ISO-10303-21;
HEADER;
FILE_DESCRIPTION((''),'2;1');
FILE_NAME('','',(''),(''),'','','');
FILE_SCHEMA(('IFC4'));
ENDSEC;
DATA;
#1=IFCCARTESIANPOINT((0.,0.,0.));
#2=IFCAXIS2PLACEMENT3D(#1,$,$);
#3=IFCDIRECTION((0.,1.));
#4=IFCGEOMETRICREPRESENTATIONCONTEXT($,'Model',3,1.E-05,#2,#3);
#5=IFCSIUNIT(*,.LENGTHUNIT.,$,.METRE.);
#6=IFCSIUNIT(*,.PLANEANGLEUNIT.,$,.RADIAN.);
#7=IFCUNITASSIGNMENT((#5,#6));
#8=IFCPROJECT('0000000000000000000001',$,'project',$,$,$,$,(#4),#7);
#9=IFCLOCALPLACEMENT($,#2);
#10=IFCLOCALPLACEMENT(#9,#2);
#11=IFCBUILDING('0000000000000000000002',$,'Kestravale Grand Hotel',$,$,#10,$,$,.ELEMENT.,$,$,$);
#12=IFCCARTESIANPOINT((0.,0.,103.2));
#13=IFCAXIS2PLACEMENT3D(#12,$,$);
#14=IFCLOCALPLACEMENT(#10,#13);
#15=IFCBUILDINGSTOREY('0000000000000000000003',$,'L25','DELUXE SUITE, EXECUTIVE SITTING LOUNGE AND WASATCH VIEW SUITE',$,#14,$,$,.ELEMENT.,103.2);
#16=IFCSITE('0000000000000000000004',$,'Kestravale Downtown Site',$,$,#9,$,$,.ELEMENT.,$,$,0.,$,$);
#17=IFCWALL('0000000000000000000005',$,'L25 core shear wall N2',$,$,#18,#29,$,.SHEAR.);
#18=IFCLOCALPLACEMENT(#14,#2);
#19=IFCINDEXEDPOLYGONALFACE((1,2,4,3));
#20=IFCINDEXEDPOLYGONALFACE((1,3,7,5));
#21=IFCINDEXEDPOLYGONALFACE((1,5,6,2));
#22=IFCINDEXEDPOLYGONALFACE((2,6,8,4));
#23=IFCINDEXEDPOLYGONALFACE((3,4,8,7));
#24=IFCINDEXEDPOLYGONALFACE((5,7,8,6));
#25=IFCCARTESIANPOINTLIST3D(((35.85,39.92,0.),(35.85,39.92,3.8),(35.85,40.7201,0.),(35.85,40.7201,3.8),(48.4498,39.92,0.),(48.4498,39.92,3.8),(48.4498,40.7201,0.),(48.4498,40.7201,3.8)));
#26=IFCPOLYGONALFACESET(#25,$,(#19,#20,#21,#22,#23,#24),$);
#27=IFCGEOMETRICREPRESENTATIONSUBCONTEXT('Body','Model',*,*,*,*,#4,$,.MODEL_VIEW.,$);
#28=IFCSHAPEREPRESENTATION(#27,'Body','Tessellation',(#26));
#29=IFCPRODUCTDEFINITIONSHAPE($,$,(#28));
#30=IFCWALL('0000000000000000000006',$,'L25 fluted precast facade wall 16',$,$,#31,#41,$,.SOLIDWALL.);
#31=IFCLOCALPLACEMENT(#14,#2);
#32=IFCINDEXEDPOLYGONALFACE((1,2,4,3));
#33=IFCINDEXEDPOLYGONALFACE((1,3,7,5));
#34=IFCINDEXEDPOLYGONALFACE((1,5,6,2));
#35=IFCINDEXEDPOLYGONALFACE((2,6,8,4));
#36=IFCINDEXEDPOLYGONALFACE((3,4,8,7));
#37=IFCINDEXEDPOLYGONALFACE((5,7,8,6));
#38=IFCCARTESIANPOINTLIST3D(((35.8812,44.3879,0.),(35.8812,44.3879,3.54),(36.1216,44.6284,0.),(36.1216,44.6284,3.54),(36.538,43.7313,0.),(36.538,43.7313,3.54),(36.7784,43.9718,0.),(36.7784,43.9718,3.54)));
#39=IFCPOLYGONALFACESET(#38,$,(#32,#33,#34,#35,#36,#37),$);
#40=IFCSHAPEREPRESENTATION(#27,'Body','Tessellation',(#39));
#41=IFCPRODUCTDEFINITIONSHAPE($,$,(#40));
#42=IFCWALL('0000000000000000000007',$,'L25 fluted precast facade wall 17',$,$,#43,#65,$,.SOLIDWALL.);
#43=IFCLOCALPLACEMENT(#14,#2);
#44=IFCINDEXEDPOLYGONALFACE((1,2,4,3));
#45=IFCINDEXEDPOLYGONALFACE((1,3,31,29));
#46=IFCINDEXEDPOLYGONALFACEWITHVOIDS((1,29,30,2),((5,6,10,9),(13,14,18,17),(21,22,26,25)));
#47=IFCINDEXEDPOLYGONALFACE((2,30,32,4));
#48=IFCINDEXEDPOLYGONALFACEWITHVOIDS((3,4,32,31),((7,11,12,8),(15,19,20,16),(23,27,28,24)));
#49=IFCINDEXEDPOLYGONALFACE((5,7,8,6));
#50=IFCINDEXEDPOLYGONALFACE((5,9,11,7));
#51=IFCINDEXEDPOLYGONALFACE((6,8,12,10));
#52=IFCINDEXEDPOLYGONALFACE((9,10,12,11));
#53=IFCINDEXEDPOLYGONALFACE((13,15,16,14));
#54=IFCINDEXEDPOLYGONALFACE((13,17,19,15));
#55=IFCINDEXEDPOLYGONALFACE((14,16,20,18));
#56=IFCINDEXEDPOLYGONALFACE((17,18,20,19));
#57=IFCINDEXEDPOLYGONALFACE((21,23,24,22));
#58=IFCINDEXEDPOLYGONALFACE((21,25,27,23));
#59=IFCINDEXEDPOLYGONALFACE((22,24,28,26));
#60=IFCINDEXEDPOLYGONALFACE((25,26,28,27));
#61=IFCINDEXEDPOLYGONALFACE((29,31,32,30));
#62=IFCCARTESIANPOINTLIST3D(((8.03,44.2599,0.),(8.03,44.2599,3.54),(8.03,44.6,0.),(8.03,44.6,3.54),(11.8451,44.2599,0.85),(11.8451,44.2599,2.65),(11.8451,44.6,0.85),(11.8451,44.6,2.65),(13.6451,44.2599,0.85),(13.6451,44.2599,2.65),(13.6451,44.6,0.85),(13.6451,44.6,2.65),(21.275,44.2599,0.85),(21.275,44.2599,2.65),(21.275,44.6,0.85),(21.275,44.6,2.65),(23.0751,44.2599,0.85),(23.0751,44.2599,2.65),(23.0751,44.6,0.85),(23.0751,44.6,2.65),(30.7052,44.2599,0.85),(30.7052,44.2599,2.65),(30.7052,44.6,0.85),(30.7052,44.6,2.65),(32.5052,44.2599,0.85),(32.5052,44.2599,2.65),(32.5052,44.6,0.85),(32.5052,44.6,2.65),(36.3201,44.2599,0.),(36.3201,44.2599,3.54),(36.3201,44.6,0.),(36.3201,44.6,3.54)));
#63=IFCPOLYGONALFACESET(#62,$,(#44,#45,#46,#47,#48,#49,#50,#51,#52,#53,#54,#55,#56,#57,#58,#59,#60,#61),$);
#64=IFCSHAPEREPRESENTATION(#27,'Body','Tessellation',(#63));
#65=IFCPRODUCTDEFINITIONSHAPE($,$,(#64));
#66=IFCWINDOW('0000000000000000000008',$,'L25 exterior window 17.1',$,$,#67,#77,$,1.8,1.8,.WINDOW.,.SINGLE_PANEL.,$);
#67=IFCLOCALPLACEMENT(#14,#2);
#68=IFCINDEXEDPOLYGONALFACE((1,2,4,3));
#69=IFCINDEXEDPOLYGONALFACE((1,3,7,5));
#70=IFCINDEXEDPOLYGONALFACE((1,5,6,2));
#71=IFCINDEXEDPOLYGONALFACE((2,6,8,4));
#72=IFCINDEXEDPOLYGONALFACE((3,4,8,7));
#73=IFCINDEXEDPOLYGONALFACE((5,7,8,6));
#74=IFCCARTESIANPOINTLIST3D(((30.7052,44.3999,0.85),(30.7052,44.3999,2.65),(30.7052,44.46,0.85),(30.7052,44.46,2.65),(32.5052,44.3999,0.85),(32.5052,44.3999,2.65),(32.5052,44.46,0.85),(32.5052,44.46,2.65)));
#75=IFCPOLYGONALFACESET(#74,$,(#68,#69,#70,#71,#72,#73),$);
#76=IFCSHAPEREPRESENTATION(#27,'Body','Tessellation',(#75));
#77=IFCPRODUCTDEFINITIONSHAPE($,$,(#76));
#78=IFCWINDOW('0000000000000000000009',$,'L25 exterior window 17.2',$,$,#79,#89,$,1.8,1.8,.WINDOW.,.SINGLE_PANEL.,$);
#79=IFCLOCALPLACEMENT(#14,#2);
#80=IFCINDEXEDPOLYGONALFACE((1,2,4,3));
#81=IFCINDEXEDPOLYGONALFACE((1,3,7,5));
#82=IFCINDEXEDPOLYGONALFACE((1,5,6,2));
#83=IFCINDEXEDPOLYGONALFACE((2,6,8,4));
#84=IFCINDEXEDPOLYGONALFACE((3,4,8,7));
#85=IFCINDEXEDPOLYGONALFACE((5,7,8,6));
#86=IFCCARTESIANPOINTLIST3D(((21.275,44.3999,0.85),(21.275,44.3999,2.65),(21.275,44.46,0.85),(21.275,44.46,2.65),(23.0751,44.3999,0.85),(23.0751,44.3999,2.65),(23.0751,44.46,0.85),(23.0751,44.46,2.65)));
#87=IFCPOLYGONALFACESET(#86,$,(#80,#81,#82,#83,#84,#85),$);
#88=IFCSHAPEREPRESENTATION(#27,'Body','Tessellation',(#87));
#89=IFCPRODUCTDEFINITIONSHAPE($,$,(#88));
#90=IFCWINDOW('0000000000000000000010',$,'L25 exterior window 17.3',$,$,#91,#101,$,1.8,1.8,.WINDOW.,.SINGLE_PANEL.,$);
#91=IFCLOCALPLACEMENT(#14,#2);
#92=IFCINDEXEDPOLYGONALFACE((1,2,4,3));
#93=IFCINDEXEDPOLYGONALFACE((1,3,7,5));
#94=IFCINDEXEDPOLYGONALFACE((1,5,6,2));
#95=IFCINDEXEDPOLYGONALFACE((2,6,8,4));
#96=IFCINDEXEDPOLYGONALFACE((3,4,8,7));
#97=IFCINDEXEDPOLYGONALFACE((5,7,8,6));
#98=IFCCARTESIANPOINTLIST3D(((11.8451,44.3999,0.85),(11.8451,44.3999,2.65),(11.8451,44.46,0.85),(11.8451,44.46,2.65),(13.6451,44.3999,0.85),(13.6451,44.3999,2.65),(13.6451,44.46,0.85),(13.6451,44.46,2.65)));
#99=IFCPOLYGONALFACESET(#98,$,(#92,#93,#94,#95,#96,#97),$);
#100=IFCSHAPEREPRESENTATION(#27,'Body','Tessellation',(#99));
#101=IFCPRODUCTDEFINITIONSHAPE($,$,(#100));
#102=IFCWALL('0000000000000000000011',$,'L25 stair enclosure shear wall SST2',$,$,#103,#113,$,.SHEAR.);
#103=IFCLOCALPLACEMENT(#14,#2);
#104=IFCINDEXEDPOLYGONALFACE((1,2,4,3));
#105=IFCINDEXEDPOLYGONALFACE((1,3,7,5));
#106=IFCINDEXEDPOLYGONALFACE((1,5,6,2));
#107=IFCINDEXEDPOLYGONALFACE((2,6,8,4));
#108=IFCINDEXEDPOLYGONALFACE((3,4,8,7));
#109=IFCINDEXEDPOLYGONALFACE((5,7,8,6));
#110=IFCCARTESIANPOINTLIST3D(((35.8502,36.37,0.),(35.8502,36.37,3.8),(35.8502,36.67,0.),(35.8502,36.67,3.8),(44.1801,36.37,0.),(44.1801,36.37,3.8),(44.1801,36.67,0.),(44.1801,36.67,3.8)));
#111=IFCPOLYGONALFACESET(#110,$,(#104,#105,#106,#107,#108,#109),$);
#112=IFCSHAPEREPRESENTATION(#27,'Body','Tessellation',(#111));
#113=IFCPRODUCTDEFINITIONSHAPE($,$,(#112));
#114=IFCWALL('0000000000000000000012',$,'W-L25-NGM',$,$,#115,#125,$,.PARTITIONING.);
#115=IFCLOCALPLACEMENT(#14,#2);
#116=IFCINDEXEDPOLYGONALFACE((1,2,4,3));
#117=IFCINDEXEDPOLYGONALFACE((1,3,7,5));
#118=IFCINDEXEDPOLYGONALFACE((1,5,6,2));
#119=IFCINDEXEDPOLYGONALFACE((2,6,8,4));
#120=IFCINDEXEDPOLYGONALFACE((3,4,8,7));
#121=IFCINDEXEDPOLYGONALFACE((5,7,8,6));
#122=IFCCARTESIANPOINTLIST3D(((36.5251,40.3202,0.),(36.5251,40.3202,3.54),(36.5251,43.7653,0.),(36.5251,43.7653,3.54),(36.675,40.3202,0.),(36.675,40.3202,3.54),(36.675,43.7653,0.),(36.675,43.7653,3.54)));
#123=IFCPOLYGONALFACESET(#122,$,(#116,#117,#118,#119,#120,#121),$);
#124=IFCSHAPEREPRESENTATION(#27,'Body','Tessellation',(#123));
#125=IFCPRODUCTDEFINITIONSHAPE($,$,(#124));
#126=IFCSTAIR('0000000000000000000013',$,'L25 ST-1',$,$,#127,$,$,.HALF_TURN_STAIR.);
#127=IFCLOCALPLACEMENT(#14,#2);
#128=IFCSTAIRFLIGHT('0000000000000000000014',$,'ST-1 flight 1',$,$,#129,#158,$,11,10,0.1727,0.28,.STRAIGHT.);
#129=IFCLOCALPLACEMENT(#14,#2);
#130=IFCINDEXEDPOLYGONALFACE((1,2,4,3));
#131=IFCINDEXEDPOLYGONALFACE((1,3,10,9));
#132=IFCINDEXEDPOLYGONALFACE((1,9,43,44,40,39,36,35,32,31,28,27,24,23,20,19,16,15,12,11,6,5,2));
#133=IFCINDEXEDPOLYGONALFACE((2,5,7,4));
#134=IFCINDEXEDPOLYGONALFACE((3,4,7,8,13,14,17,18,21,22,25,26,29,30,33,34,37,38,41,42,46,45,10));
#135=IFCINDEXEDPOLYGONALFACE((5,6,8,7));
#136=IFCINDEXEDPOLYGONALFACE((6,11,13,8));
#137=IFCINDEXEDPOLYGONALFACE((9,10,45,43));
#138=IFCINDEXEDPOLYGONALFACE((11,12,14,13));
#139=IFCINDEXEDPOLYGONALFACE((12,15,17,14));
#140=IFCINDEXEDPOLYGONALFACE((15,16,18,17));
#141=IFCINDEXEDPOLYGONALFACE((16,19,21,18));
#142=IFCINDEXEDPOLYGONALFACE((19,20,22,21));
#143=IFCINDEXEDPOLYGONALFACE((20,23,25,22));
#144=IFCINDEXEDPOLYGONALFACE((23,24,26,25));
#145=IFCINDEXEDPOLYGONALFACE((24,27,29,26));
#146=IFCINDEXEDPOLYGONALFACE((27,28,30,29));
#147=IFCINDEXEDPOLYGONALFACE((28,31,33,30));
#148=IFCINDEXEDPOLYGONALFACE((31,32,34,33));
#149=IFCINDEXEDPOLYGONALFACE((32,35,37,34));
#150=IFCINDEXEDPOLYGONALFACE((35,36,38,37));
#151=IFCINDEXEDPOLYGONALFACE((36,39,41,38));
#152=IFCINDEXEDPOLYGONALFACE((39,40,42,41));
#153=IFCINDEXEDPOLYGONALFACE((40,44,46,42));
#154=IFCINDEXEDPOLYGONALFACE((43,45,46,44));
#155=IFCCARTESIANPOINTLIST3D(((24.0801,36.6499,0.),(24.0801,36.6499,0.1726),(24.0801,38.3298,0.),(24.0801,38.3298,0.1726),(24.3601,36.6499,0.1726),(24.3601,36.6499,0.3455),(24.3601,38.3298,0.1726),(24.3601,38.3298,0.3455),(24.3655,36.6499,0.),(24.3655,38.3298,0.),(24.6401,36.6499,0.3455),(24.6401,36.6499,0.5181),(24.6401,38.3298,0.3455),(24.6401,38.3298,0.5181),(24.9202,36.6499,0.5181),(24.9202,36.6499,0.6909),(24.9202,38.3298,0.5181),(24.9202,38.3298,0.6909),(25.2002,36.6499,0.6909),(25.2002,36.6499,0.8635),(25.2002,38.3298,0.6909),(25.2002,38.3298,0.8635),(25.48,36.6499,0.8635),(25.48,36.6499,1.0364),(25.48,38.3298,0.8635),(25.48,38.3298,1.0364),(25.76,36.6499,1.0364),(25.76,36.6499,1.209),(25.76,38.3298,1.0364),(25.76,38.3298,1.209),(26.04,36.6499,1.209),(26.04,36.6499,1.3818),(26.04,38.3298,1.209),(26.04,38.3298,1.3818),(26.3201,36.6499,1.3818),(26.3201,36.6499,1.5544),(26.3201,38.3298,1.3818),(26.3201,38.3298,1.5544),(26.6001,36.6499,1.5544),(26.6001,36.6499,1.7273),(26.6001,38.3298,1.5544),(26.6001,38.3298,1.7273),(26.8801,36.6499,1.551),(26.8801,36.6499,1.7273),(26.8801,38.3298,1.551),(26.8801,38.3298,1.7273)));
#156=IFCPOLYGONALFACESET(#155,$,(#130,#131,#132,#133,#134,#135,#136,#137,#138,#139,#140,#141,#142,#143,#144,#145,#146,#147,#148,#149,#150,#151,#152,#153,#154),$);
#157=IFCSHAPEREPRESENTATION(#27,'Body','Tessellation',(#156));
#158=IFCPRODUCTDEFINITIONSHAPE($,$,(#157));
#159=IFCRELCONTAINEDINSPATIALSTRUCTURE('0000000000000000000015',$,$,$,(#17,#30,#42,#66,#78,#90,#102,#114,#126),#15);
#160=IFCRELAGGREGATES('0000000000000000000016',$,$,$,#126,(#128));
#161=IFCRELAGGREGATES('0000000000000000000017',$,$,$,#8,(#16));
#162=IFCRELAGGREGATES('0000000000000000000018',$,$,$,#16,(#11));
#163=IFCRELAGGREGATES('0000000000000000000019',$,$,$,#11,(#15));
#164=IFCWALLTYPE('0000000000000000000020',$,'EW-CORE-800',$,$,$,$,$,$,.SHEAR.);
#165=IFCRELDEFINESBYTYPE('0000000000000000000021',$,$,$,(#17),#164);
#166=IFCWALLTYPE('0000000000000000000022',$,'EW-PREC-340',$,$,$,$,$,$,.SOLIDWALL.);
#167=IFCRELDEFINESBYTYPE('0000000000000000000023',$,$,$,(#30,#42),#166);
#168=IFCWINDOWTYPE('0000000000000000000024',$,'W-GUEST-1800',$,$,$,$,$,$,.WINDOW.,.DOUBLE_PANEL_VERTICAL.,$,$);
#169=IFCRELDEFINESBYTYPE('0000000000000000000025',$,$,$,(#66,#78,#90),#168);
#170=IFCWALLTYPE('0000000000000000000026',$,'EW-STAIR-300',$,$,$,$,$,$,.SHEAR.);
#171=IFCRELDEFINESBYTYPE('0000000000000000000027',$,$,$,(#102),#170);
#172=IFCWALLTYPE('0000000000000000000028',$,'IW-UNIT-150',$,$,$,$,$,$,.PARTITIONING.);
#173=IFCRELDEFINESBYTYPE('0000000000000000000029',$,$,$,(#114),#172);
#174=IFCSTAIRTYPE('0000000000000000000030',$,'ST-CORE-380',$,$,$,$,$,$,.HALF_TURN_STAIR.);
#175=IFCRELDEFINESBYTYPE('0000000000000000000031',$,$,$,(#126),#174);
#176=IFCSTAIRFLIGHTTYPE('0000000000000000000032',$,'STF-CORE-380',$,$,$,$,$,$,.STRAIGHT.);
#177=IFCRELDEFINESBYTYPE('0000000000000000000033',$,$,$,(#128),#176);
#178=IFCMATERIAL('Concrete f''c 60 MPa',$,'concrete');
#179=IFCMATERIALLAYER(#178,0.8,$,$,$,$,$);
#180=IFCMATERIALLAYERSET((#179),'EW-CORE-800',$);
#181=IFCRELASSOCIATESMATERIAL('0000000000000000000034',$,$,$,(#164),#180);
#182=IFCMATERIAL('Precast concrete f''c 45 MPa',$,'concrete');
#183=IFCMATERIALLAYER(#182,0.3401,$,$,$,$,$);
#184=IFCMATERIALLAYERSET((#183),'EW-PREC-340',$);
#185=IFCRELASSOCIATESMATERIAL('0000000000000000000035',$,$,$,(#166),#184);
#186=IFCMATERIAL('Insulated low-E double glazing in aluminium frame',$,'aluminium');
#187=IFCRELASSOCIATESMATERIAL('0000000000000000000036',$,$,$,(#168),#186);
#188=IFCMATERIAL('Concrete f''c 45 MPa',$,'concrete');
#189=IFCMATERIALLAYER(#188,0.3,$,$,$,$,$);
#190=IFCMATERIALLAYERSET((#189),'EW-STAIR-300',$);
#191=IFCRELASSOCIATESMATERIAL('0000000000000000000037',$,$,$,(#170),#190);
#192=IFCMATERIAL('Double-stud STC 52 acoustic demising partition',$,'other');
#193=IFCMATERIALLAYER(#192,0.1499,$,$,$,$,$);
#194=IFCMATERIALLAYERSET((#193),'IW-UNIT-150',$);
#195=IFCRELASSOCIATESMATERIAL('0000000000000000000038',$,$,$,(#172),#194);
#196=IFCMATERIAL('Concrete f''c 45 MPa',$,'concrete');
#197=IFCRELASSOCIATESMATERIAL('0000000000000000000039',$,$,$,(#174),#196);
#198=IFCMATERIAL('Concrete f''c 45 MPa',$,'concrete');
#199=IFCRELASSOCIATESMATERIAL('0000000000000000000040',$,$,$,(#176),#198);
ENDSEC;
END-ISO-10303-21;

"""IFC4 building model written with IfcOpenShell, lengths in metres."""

from ifc_helpers import new_model, si_unit, direction, frame, frame_2d, origin, place, context, subcontext, project, spatial, polyline, rectangle, outline, extrude, material, layer, layer_set, type_object, element, fill, aggregate, save


model = new_model("IFC4")

# Units and contexts
model_context = context("Model", 3, precision=1e-05, world=origin(), true_north=direction((0.0, 1.0)))
body_context = subcontext(model_context, "Body", "Model", "MODEL_VIEW")
ifc_project = project(units=[si_unit("LENGTHUNIT", "METRE"), si_unit("PLANEANGLEUNIT", "RADIAN")], contexts=[model_context])

# Site, building, storey
site_placement = place(None, origin())
site = spatial("IfcSite", under=ifc_project, at=site_placement, Name="Kestravale Downtown Site", CompositionType="ELEMENT", RefElevation=0.0)
building_placement = place(site_placement, origin())
building = spatial("IfcBuilding", under=site, at=building_placement, Name="Kestravale Grand Hotel", CompositionType="ELEMENT")
storey_placement = place(building_placement, frame((0.0, 0.0, 103.2)))
storey = spatial("IfcBuildingStorey", under=building, at=storey_placement, Name="L25", Description="DELUXE SUITE, EXECUTIVE SITTING LOUNGE AND WASATCH VIEW SUITE", CompositionType="ELEMENT", Elevation=103.2)

# Wall
ifc_material_1 = material(Name="Concrete f'c 60 MPa", Category="concrete")
ifc_layer_1 = layer(ifc_material_1, 0.8)
ifc_layer_set_1 = layer_set([ifc_layer_1], Name="EW-CORE-800")
wall_type_1 = type_object("IfcWallType", Name="EW-CORE-800", PredefinedType="SHEAR", material=ifc_layer_set_1)
wall_1_placement = place(storey_placement, frame((35.8501, 40.3201, 0.0), z_axis=(0.0, 0.0, 1.0), x_axis=(1.0, 0.0, 0.0)))
element("IfcWall", 1, at=wall_1_placement, inside=storey, type_object=wall_type_1, Name="L25 core shear wall N2", PredefinedType="SHEAR", context=body_context, shape_type="SweptSolid", body=[
    extrude(rectangle(XDim=12.5999, YDim=0.8, at=frame_2d((6.2998, 0.0))), origin(), (0.0, 0.0, 1.0), 3.8),
])

# Wall
ifc_material_2 = material(Name="Precast concrete f'c 45 MPa", Category="concrete")
ifc_layer_2 = layer(ifc_material_2, 0.3401)
ifc_layer_set_2 = layer_set([ifc_layer_2], Name="EW-PREC-340")
wall_type_2 = type_object("IfcWallType", Name="EW-PREC-340", PredefinedType="SOLIDWALL", material=ifc_layer_set_2)
wall_2_placement = place(storey_placement, frame((36.6582, 43.8516, 0.0), z_axis=(0.0, 0.0, 1.0), x_axis=(-0.707238, 0.706975, 0.0)))
element("IfcWall", 2, at=wall_2_placement, inside=storey, type_object=wall_type_2, Name="L25 fluted precast facade wall 16", PredefinedType="SOLIDWALL", context=body_context, shape_type="SweptSolid", body=[
    extrude(rectangle(XDim=0.9287, YDim=0.3401, at=frame_2d((0.4644, 0.0))), origin(), (0.0, 0.0, 1.0), 3.54),
])

# Wall, openings, windows
wall_3_placement = place(storey_placement, frame((36.3201, 44.4299, 0.0), z_axis=(0.0, 0.0, 1.0), x_axis=(-1.0, 0.0, 0.0)))
wall_3 = element("IfcWall", 3, at=wall_3_placement, inside=storey, type_object=wall_type_2, Name="L25 fluted precast facade wall 17", PredefinedType="SOLIDWALL", context=body_context, shape_type="SweptSolid", body=[
    extrude(rectangle(XDim=28.29, YDim=0.3401, at=frame_2d((14.145, 0.0))), origin(), (0.0, 0.0, 1.0), 3.54),
])
opening_1_placement = place(wall_3_placement, frame((3.8149, 0.0, 0.8501)))
opening_1 = element("IfcOpeningElement", 4, at=opening_1_placement, cuts=wall_3, PredefinedType="OPENING", context=body_context, shape_type="SweptSolid", body=[
    extrude(rectangle(XDim=1.8, YDim=1.8, at=frame_2d((0.8999, 0.8999))), frame((0.0, 0.1799, 0.0), z_axis=(0.0, -1.0, 0.0), x_axis=(1.0, 0.0, 0.0)), (0.0, 0.0, 1.0), 0.3601),
])
opening_2_placement = place(wall_3_placement, frame((13.2451, 0.0, 0.8501)))
opening_2 = element("IfcOpeningElement", 5, at=opening_2_placement, cuts=wall_3, PredefinedType="OPENING", context=body_context, shape_type="SweptSolid", body=[
    extrude(rectangle(XDim=1.8, YDim=1.8, at=frame_2d((0.8999, 0.8999))), frame((0.0, 0.1799, 0.0), z_axis=(0.0, -1.0, 0.0), x_axis=(1.0, 0.0, 0.0)), (0.0, 0.0, 1.0), 0.3601),
])
opening_3_placement = place(wall_3_placement, frame((22.675, 0.0, 0.8501)))
opening_3 = element("IfcOpeningElement", 6, at=opening_3_placement, cuts=wall_3, PredefinedType="OPENING", context=body_context, shape_type="SweptSolid", body=[
    extrude(rectangle(XDim=1.8, YDim=1.8, at=frame_2d((0.8999, 0.8999))), frame((0.0, 0.1799, 0.0), z_axis=(0.0, -1.0, 0.0), x_axis=(1.0, 0.0, 0.0)), (0.0, 0.0, 1.0), 0.3601),
])
ifc_material_3 = material(Name="Insulated low-E double glazing in aluminium frame", Category="aluminium")
window_type = type_object("IfcWindowType", Name="W-GUEST-1800", PartitioningType="DOUBLE_PANEL_VERTICAL", PredefinedType="WINDOW", material=ifc_material_3)
window_1_placement = place(opening_1_placement, origin())
window_1 = element("IfcWindow", 7, at=window_1_placement, inside=storey, type_object=window_type, Name="L25 exterior window 17.1", OverallHeight=1.8, OverallWidth=1.8, PartitioningType="SINGLE_PANEL", PredefinedType="WINDOW", context=body_context, shape_type="SweptSolid", body=[
    extrude(rectangle(XDim=1.8, YDim=1.8, at=frame_2d((0.8999, 0.8999))), frame((0.0, 0.03, 0.0), z_axis=(0.0, -1.0, 0.0), x_axis=(1.0, 0.0, 0.0)), (0.0, 0.0, 1.0), 0.0601),
])
fill(opening_1, window_1)
window_2_placement = place(opening_2_placement, origin())
window_2 = element("IfcWindow", 8, at=window_2_placement, inside=storey, type_object=window_type, Name="L25 exterior window 17.2", OverallHeight=1.8, OverallWidth=1.8, PartitioningType="SINGLE_PANEL", PredefinedType="WINDOW", context=body_context, shape_type="SweptSolid", body=[
    extrude(rectangle(XDim=1.8, YDim=1.8, at=frame_2d((0.8999, 0.8999))), frame((0.0, 0.03, 0.0), z_axis=(0.0, -1.0, 0.0), x_axis=(1.0, 0.0, 0.0)), (0.0, 0.0, 1.0), 0.0601),
])
fill(opening_2, window_2)
window_3_placement = place(opening_3_placement, origin())
window_3 = element("IfcWindow", 9, at=window_3_placement, inside=storey, type_object=window_type, Name="L25 exterior window 17.3", OverallHeight=1.8, OverallWidth=1.8, PartitioningType="SINGLE_PANEL", PredefinedType="WINDOW", context=body_context, shape_type="SweptSolid", body=[
    extrude(rectangle(XDim=1.8, YDim=1.8, at=frame_2d((0.8999, 0.8999))), frame((0.0, 0.03, 0.0), z_axis=(0.0, -1.0, 0.0), x_axis=(1.0, 0.0, 0.0)), (0.0, 0.0, 1.0), 0.0601),
])
fill(opening_3, window_3)

# Walls
ifc_material_4 = material(Name="Concrete f'c 45 MPa", Category="concrete")
ifc_layer_3 = layer(ifc_material_4, 0.3)
ifc_layer_set_3 = layer_set([ifc_layer_3], Name="EW-STAIR-300")
wall_type_3 = type_object("IfcWallType", Name="EW-STAIR-300", PredefinedType="SHEAR", material=ifc_layer_set_3)
wall_4_placement = place(storey_placement, frame((35.8501, 36.52, 0.0), z_axis=(0.0, 0.0, 1.0), x_axis=(1.0, 0.0, 0.0)))
element("IfcWall", 10, at=wall_4_placement, inside=storey, type_object=wall_type_3, Name="L25 stair enclosure shear wall SST2", PredefinedType="SHEAR", context=body_context, shape_type="SweptSolid", body=[
    extrude(rectangle(XDim=8.3298, YDim=0.3, at=frame_2d((4.165, 0.0))), origin(), (0.0, 0.0, 1.0), 3.8),
])
ifc_material_5 = material(Name="Double-stud STC 52 acoustic demising partition", Category="other")
ifc_layer_4 = layer(ifc_material_5, 0.1499)
ifc_layer_set_4 = layer_set([ifc_layer_4], Name="IW-UNIT-150")
wall_type_4 = type_object("IfcWallType", Name="IW-UNIT-150", PredefinedType="PARTITIONING", material=ifc_layer_set_4)
wall_5_placement = place(storey_placement, frame((36.6001, 40.3201, 0.0), z_axis=(0.0, 0.0, 1.0), x_axis=(0.0, 1.0, 0.0)))
element("IfcWall", 11, at=wall_5_placement, inside=storey, type_object=wall_type_4, Name="W-L25-NGM", PredefinedType="PARTITIONING", context=body_context, shape_type="SweptSolid", body=[
    extrude(rectangle(XDim=3.4451, YDim=0.1499, at=frame_2d((1.7227, 0.0))), origin(), (0.0, 0.0, 1.0), 3.54),
])

# Stair, stair flight
ifc_material_6 = material(Name="Concrete f'c 45 MPa", Category="concrete")
stair_type = type_object("IfcStairType", Name="ST-CORE-380", PredefinedType="HALF_TURN_STAIR", material=ifc_material_6)
stair_placement = place(storey_placement, origin())
stair = element("IfcStair", 12, at=stair_placement, inside=storey, type_object=stair_type, Name="L25 ST-1", PredefinedType="HALF_TURN_STAIR")
ifc_material_7 = material(Name="Concrete f'c 45 MPa", Category="concrete")
stair_flight_type = type_object("IfcStairFlightType", Name="STF-CORE-380", PredefinedType="STRAIGHT", material=ifc_material_7)
stair_flight_1_placement = place(storey_placement, frame((24.0801, 37.49, 0.0), z_axis=(0.0, 0.0, 1.0), x_axis=(1.0, 0.0, 0.0)))
stair_flight_1 = element("IfcStairFlight", 13, at=stair_flight_1_placement, type_object=stair_flight_type, Name="ST-1 flight 1", NumberOfRisers=11, NumberOfTreads=10, PredefinedType="STRAIGHT", RiserHeight=0.1727, TreadLength=0.28, context=body_context, shape_type="SweptSolid", body=[
    extrude(outline(polyline([(0.0, 0.0), (0.0, 0.1726), (0.28, 0.1726), (0.28, 0.3455), (0.5601, 0.3455), (0.5601, 0.5181), (0.8401, 0.5181), (0.8401, 0.6909), (1.1201, 0.6909), (1.1201, 0.8635), (1.3999, 0.8635), (1.3999, 1.0364), (1.6799, 1.0364), (1.6799, 1.209), (1.96, 1.209), (1.96, 1.3818), (2.24, 1.3818), (2.24, 1.5544), (2.52, 1.5544), (2.52, 1.7273), (2.8, 1.7273), (2.8, 1.8999), (2.8, 1.551), (0.2854, 0.0), (0.0, 0.0)])), frame((0.0, 0.8398, 0.0), z_axis=(0.0, -1.0, 0.0), x_axis=(1.0, 0.0, 0.0)), (0.0, 0.0, 1.0), 1.6799),
])
aggregate(stair, [stair_flight_1])

save(model, "model.ifc")
